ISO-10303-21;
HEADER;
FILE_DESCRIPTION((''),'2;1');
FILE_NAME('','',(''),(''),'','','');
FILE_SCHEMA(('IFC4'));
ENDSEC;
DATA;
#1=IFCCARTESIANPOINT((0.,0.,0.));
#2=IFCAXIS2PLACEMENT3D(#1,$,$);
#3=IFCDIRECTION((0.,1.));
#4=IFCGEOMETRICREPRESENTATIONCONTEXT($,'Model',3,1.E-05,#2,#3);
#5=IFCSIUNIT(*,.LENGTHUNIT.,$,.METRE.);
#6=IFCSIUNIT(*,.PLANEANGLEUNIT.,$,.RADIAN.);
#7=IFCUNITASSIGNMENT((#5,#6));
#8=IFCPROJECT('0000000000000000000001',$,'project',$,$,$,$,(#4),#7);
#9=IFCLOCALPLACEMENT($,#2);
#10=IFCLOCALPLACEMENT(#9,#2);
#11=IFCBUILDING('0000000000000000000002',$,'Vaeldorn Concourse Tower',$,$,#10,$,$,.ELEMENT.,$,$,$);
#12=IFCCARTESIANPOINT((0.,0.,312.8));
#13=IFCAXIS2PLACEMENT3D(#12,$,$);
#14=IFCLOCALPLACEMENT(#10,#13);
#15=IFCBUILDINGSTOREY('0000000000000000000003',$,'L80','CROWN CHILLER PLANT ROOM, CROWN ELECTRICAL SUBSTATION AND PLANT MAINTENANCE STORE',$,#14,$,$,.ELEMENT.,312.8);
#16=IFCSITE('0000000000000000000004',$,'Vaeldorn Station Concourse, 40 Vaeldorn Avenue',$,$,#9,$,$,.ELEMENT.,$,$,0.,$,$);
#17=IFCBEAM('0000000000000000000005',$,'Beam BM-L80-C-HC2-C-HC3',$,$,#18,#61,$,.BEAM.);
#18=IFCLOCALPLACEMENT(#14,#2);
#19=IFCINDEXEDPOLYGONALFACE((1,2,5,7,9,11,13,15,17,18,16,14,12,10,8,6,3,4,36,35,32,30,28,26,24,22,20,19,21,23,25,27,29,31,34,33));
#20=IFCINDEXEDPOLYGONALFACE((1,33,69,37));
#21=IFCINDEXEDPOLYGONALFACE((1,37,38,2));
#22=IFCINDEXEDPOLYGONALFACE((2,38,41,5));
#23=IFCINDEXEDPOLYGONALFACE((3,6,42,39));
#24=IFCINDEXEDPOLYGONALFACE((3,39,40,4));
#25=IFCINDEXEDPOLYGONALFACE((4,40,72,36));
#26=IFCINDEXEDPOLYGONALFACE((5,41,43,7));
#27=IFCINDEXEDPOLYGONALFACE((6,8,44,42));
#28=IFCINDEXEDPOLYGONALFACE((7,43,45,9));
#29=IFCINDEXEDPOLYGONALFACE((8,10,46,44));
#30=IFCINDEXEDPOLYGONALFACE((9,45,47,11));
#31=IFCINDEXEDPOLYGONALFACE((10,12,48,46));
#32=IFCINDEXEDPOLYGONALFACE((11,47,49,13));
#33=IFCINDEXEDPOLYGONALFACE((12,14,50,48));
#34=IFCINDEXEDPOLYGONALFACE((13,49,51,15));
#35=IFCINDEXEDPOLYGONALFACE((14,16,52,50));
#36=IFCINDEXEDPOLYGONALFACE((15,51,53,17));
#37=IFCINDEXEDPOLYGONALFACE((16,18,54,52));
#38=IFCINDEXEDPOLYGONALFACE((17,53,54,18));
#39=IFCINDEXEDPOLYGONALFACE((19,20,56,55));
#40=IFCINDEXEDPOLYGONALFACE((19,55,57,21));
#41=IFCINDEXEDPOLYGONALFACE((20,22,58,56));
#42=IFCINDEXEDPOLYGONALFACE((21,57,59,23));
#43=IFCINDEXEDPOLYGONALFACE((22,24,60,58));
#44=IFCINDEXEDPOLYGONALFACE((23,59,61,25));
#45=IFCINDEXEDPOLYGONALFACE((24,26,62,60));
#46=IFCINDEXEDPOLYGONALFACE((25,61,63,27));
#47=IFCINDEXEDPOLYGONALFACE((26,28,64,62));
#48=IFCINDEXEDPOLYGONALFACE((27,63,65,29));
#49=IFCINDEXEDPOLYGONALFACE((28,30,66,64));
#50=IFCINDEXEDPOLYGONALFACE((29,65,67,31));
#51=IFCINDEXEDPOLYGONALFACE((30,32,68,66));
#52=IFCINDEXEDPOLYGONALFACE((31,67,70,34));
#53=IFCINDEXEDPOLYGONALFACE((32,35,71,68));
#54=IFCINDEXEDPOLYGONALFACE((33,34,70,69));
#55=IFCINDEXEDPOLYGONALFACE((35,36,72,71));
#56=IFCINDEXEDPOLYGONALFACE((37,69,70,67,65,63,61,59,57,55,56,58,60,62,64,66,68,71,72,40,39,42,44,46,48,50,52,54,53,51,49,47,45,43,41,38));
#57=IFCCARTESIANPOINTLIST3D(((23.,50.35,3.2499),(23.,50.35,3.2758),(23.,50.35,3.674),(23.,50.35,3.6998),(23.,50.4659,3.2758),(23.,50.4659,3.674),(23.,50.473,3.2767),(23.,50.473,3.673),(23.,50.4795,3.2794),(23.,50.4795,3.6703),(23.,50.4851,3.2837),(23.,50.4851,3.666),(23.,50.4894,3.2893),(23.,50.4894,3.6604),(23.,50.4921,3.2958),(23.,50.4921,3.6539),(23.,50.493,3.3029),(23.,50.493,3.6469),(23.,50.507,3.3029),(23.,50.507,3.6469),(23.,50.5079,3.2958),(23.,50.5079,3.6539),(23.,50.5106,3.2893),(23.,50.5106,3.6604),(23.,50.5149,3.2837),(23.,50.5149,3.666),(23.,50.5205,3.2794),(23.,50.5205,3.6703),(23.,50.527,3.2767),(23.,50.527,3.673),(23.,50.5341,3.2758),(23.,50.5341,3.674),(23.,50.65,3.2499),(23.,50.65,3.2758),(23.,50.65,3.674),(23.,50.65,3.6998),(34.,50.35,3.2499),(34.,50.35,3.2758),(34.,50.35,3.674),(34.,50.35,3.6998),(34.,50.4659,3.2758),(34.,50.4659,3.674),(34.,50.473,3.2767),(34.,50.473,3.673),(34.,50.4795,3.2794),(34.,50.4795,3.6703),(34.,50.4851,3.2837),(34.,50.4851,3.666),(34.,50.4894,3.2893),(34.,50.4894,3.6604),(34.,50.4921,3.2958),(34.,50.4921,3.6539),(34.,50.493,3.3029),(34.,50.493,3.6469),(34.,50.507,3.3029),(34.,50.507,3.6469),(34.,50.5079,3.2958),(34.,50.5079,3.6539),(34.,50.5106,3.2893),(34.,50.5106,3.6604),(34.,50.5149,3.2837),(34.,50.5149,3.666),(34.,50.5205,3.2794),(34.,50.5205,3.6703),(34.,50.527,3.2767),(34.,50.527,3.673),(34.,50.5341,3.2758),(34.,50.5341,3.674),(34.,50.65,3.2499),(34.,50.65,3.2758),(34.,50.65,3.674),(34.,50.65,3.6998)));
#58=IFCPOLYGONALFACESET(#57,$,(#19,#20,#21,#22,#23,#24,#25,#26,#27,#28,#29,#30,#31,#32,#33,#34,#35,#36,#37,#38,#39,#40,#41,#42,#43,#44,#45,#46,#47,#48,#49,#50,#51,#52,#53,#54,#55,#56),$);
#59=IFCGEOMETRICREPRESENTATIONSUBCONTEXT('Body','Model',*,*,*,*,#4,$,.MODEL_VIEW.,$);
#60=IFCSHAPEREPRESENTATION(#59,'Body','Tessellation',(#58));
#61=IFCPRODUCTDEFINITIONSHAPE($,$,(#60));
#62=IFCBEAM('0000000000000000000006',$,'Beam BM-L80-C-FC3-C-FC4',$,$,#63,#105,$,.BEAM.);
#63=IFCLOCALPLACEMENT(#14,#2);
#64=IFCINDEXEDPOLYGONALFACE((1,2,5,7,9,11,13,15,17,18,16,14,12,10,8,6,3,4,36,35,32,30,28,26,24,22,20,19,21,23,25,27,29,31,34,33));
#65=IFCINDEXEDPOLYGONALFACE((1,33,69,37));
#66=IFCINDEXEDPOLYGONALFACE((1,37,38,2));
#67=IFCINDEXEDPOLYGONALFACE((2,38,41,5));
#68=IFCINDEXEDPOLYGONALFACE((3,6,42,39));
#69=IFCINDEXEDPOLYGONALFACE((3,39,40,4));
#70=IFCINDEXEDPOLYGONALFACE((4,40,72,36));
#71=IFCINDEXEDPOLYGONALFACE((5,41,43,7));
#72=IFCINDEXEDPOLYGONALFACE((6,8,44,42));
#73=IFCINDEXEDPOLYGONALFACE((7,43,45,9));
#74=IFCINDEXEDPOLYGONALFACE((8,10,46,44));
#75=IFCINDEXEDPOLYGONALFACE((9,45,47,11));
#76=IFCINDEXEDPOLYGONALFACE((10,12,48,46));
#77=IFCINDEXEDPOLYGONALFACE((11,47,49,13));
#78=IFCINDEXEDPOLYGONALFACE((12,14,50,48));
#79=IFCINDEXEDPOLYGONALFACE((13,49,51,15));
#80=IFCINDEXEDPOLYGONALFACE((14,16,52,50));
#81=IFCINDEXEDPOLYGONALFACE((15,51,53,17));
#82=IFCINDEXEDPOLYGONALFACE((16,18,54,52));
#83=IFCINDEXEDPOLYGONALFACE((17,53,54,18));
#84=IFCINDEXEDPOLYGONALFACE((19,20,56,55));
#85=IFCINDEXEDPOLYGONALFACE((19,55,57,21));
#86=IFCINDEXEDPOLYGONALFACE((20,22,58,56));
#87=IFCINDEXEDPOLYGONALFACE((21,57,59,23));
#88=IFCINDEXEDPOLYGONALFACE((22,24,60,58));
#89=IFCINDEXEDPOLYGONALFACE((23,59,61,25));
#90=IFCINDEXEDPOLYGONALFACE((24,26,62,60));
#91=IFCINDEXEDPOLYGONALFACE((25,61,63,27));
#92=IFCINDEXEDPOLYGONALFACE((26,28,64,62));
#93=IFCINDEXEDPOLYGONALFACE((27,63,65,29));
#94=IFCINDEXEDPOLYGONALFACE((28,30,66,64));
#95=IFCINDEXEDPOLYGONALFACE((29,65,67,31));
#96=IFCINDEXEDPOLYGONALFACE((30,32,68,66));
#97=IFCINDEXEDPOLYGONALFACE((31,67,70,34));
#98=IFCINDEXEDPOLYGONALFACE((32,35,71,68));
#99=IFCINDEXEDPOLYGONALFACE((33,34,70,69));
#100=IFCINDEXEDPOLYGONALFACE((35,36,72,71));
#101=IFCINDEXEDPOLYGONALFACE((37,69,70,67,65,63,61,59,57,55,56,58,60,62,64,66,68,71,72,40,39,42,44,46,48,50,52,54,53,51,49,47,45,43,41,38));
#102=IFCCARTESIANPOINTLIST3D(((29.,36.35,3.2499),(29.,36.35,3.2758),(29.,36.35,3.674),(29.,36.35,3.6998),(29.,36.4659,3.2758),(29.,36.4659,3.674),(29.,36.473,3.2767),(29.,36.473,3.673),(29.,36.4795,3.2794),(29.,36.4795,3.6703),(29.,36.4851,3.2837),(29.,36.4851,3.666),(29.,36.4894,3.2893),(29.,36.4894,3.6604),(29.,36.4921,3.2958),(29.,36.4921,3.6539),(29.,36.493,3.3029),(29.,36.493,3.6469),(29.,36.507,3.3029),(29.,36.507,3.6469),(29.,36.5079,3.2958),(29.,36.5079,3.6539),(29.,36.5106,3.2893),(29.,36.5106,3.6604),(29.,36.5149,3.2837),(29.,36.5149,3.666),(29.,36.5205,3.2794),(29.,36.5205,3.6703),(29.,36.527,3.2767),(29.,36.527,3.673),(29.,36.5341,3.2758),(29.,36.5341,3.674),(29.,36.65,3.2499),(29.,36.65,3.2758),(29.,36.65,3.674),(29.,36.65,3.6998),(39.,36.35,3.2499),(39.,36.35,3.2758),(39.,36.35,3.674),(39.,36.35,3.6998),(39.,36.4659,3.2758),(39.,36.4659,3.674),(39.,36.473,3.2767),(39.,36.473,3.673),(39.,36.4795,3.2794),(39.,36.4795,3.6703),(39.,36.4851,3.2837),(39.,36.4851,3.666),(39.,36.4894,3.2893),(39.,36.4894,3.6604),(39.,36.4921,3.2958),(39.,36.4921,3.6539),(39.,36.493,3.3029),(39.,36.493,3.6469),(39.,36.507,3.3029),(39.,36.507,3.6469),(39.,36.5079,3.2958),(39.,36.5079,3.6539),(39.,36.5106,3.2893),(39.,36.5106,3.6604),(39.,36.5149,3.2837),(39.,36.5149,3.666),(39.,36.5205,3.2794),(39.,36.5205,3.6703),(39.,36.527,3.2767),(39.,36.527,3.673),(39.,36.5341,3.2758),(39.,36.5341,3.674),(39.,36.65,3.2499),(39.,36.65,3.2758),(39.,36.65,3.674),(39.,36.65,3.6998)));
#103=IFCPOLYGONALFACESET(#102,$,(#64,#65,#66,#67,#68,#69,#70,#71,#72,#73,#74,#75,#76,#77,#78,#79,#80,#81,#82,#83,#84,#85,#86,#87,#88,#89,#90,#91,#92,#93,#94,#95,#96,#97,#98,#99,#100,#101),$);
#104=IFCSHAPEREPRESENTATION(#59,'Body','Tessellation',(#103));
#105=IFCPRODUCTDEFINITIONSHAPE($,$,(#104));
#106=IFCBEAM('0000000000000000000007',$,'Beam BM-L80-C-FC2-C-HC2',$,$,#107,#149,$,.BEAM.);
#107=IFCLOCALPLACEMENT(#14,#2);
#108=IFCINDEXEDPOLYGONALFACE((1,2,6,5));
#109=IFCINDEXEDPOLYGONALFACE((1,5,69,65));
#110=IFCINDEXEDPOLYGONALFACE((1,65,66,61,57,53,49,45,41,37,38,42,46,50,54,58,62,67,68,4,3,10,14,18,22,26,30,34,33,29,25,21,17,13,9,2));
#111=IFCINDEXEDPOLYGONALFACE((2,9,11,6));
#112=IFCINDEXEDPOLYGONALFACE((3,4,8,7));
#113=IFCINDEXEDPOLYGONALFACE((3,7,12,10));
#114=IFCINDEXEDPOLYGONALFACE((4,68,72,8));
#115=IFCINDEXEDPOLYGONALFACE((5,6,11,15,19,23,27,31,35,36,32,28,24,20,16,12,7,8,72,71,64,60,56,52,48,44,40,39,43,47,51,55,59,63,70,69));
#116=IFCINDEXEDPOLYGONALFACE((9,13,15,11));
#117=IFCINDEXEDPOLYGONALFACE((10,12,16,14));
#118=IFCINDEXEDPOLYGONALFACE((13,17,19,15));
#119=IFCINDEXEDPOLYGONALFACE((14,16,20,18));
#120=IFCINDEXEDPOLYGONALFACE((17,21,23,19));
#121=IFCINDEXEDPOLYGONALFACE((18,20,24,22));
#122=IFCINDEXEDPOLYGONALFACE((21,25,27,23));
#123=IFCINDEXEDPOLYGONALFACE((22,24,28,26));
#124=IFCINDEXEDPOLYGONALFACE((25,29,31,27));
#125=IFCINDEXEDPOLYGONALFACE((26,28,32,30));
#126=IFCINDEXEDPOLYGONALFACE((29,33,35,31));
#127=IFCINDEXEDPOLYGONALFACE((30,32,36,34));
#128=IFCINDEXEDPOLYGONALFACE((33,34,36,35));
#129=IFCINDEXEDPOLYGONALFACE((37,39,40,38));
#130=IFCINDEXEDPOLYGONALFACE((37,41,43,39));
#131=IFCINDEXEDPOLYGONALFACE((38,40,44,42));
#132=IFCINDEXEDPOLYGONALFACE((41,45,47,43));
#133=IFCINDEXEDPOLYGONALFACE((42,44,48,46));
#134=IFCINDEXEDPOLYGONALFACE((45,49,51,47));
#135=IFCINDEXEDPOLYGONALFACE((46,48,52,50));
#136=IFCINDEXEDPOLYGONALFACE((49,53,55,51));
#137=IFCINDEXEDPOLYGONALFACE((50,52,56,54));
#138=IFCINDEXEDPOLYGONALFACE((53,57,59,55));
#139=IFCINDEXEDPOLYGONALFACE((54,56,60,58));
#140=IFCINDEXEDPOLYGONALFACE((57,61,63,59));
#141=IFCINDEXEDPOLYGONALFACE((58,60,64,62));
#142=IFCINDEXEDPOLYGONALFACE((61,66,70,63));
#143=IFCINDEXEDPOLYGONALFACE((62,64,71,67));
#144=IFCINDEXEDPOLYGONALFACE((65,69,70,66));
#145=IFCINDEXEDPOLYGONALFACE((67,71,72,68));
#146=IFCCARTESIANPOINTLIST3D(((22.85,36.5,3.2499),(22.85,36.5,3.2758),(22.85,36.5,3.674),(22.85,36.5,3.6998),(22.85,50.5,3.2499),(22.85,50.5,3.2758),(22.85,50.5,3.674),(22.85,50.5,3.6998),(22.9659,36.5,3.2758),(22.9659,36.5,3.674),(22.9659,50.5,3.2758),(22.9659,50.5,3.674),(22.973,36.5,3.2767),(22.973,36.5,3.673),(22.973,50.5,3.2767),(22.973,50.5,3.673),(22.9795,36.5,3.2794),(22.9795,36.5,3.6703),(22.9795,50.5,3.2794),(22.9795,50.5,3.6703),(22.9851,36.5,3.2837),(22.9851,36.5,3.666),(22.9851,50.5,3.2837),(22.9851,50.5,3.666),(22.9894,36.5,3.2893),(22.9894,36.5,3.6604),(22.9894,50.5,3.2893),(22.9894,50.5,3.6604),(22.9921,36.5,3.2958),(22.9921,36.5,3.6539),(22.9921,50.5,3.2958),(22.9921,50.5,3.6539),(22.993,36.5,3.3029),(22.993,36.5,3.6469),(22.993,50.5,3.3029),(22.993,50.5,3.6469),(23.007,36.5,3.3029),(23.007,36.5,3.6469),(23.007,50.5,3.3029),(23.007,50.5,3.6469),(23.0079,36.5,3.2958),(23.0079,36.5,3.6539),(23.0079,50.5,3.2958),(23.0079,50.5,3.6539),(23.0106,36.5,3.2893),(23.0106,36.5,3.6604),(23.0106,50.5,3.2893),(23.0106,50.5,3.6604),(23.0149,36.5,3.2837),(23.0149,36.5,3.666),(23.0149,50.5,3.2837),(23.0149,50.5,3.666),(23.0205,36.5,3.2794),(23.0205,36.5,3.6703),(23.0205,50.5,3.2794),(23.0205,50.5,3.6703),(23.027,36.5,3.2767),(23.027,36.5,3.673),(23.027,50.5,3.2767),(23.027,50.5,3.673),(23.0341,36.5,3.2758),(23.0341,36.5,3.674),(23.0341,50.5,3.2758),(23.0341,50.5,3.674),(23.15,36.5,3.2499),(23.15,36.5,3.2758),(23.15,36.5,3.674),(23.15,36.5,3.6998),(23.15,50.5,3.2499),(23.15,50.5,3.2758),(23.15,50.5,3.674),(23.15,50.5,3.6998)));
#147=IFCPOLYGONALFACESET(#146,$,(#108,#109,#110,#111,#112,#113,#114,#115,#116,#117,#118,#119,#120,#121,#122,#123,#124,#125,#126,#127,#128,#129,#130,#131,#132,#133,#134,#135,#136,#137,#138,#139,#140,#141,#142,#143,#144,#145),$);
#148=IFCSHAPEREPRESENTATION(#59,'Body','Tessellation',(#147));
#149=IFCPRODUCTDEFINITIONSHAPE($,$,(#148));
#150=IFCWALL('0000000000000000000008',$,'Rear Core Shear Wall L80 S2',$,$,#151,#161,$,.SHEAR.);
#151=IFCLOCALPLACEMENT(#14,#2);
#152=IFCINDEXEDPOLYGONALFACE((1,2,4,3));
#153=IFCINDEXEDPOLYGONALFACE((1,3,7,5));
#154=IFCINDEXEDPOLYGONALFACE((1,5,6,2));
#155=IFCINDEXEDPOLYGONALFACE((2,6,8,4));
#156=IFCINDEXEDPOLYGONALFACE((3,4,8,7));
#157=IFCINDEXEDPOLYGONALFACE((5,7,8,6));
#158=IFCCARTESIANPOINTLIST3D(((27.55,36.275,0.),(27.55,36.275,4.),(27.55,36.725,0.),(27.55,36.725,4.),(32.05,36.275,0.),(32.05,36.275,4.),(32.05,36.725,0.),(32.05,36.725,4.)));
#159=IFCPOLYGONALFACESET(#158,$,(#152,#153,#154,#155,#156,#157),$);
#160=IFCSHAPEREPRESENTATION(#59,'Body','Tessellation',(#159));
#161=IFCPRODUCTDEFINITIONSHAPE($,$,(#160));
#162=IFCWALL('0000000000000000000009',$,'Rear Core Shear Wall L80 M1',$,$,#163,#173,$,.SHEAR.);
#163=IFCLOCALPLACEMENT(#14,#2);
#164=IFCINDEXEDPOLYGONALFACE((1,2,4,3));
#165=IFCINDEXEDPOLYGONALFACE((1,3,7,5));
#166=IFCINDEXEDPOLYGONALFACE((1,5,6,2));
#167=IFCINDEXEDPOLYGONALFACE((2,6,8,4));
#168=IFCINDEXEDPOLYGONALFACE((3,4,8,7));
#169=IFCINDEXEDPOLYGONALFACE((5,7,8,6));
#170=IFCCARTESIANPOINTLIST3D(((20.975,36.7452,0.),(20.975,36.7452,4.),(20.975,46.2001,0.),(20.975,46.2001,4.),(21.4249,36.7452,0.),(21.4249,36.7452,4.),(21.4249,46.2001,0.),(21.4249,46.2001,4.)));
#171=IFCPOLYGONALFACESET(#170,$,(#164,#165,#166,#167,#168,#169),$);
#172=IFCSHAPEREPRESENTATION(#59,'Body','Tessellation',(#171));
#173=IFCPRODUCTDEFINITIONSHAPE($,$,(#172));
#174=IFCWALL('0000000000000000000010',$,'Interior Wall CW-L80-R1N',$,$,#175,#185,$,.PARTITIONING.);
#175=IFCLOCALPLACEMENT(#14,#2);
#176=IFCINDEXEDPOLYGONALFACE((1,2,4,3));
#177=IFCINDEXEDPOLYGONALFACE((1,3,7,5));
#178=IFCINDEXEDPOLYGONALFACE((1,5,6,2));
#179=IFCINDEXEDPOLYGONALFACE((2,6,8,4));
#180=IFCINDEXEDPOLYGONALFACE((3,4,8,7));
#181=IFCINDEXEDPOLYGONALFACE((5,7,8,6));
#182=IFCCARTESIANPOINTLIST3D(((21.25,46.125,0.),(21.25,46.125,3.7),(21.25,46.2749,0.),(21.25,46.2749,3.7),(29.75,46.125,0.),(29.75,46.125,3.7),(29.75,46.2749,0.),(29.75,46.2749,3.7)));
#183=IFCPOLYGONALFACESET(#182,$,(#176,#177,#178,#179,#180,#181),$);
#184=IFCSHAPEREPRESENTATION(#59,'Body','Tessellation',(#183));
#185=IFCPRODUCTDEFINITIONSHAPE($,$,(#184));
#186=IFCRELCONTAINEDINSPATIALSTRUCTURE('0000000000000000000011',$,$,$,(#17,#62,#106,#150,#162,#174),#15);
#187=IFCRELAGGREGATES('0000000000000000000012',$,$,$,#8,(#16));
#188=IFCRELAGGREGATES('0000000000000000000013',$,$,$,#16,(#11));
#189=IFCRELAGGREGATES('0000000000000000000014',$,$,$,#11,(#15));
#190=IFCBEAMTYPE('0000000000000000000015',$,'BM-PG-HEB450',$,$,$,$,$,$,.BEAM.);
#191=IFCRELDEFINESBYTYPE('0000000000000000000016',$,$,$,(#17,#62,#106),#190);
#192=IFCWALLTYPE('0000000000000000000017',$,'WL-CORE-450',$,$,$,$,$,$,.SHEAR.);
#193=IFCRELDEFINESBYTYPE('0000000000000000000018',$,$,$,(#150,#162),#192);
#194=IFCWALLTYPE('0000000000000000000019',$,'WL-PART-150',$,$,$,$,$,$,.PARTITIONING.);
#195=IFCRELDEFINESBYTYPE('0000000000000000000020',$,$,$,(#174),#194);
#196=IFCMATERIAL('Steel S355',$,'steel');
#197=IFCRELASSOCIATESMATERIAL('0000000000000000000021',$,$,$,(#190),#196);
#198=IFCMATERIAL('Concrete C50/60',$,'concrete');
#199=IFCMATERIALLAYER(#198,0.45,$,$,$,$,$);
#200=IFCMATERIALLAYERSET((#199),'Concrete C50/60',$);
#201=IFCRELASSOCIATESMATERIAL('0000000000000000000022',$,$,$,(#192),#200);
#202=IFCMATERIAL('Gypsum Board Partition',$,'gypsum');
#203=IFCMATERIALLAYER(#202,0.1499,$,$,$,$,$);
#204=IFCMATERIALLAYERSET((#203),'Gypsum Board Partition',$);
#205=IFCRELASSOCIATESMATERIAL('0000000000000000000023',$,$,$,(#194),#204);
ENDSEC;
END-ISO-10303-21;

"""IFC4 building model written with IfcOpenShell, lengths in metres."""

from ifc_helpers import new_model, si_unit, direction, frame, frame_2d, origin, origin_2d, place, context, subcontext, project, spatial, rectangle, i_section, extrude, source, transform, mapped, material, layer, layer_set, material_profile, profile_set, type_object, element, save


model = new_model("IFC4")

# Units and contexts
model_context = context("Model", 3, precision=1e-05, world=origin(), true_north=direction((0.0, 1.0)))
body_context = subcontext(model_context, "Body", "Model", "MODEL_VIEW")
ifc_project = project(units=[si_unit("LENGTHUNIT", "METRE"), si_unit("PLANEANGLEUNIT", "RADIAN")], contexts=[model_context])

# Site, building, storey
site_placement = place(None, origin())
site = spatial("IfcSite", under=ifc_project, at=site_placement, Name="Vaeldorn Station Concourse, 40 Vaeldorn Avenue", CompositionType="ELEMENT", RefElevation=0.0)
building_placement = place(site_placement, origin())
building = spatial("IfcBuilding", under=site, at=building_placement, Name="Vaeldorn Concourse Tower", CompositionType="ELEMENT")
storey_placement = place(building_placement, frame((0.0, 0.0, 312.8)))
storey = spatial("IfcBuildingStorey", under=building, at=storey_placement, Name="L80", Description="CROWN CHILLER PLANT ROOM, CROWN ELECTRICAL SUBSTATION AND PLANT MAINTENANCE STORE", CompositionType="ELEMENT", Elevation=312.8)

# Shared definitions
ifc_material_1 = material(Name="Steel S355", Category="steel")

# Beams
ifc_material_profile_1 = material_profile(ifc_material_1, i_section(OverallWidth=0.3, OverallDepth=0.45, WebThickness=0.0139, FlangeThickness=0.0259, FilletRadius=0.0271, at=origin_2d()), Name="HEB 450")
ifc_profile_set_1 = profile_set([ifc_material_profile_1], Name="Steel S355")
beam_type = type_object("IfcBeamType", Name="BM-PG-HEB450", PredefinedType="BEAM", material=ifc_profile_set_1)
shared_shape_1 = source(origin(), body_context, "Body", "SweptSolid", [
    extrude(i_section(OverallWidth=0.3, OverallDepth=0.45, WebThickness=0.0139, FlangeThickness=0.0259, FilletRadius=0.0271, at=origin_2d()), origin(), (0.0, 0.0, 1.0), 11.0),
])
beam_1_placement = place(storey_placement, frame((23.0, 50.5, 3.4749), z_axis=(1.0, 0.0, 0.0), x_axis=(0.0, 1.0, 0.0)))
element("IfcBeam", 1, at=beam_1_placement, inside=storey, type_object=beam_type, Name="Beam BM-L80-C-HC2-C-HC3", PredefinedType="BEAM", context=body_context, shape_type="MappedRepresentation", body=[
    mapped(shared_shape_1, transform((0.0, 0.0, 0.0), scale=1.0)),
])
shared_shape_2 = source(origin(), body_context, "Body", "SweptSolid", [
    extrude(i_section(OverallWidth=0.3, OverallDepth=0.45, WebThickness=0.0139, FlangeThickness=0.0259, FilletRadius=0.0271, at=origin_2d()), origin(), (0.0, 0.0, 1.0), 10.0),
])
beam_2_placement = place(storey_placement, frame((29.0, 36.5, 3.4749), z_axis=(1.0, 0.0, 0.0), x_axis=(0.0, 1.0, 0.0)))
element("IfcBeam", 2, at=beam_2_placement, inside=storey, type_object=beam_type, Name="Beam BM-L80-C-FC3-C-FC4", PredefinedType="BEAM", context=body_context, shape_type="MappedRepresentation", body=[
    mapped(shared_shape_2, transform((0.0, 0.0, 0.0), scale=1.0)),
])
shared_shape_3 = source(origin(), body_context, "Body", "SweptSolid", [
    extrude(i_section(OverallWidth=0.3, OverallDepth=0.45, WebThickness=0.0139, FlangeThickness=0.0259, FilletRadius=0.0271, at=origin_2d()), origin(), (0.0, 0.0, 1.0), 14.0),
])
beam_3_placement = place(storey_placement, frame((23.0, 36.5, 3.4749), z_axis=(0.0, 1.0, 0.0), x_axis=(-1.0, 0.0, 0.0)))
element("IfcBeam", 3, at=beam_3_placement, inside=storey, type_object=beam_type, Name="Beam BM-L80-C-FC2-C-HC2", PredefinedType="BEAM", context=body_context, shape_type="MappedRepresentation", body=[
    mapped(shared_shape_3, transform((0.0, 0.0, 0.0), scale=1.0)),
])

# Walls
ifc_material_2 = material(Name="Concrete C50/60", Category="concrete")
ifc_layer_1 = layer(ifc_material_2, 0.45)
ifc_layer_set_1 = layer_set([ifc_layer_1], Name="Concrete C50/60")
wall_type_1 = type_object("IfcWallType", Name="WL-CORE-450", PredefinedType="SHEAR", material=ifc_layer_set_1)
wall_1_placement = place(storey_placement, frame((27.55, 36.5, 0.0), z_axis=(0.0, 0.0, 1.0), x_axis=(1.0, 0.0, 0.0)))
element("IfcWall", 4, at=wall_1_placement, inside=storey, type_object=wall_type_1, Name="Rear Core Shear Wall L80 S2", PredefinedType="SHEAR", context=body_context, shape_type="SweptSolid", body=[
    extrude(rectangle(XDim=4.5, YDim=0.45, at=frame_2d((2.25, 0.0))), origin(), (0.0, 0.0, 1.0), 4.0),
])
wall_2_placement = place(storey_placement, frame((21.2, 36.7451, 0.0), z_axis=(0.0, 0.0, 1.0), x_axis=(0.0, 1.0, 0.0)))
element("IfcWall", 5, at=wall_2_placement, inside=storey, type_object=wall_type_1, Name="Rear Core Shear Wall L80 M1", PredefinedType="SHEAR", context=body_context, shape_type="SweptSolid", body=[
    extrude(rectangle(XDim=9.4548, YDim=0.45, at=frame_2d((4.7275, 0.0))), origin(), (0.0, 0.0, 1.0), 4.0),
])
ifc_material_3 = material(Name="Gypsum Board Partition", Category="gypsum")
ifc_layer_2 = layer(ifc_material_3, 0.1499)
ifc_layer_set_2 = layer_set([ifc_layer_2], Name="Gypsum Board Partition")
wall_type_2 = type_object("IfcWallType", Name="WL-PART-150", PredefinedType="PARTITIONING", material=ifc_layer_set_2)
wall_3_placement = place(storey_placement, frame((21.25, 46.2, 0.0), z_axis=(0.0, 0.0, 1.0), x_axis=(1.0, 0.0, 0.0)))
element("IfcWall", 6, at=wall_3_placement, inside=storey, type_object=wall_type_2, Name="Interior Wall CW-L80-R1N", PredefinedType="PARTITIONING", context=body_context, shape_type="SweptSolid", body=[
    extrude(rectangle(XDim=8.5, YDim=0.1499, at=frame_2d((4.25, 0.0))), origin(), (0.0, 0.0, 1.0), 3.7),
])

save(model, "model.ifc")
